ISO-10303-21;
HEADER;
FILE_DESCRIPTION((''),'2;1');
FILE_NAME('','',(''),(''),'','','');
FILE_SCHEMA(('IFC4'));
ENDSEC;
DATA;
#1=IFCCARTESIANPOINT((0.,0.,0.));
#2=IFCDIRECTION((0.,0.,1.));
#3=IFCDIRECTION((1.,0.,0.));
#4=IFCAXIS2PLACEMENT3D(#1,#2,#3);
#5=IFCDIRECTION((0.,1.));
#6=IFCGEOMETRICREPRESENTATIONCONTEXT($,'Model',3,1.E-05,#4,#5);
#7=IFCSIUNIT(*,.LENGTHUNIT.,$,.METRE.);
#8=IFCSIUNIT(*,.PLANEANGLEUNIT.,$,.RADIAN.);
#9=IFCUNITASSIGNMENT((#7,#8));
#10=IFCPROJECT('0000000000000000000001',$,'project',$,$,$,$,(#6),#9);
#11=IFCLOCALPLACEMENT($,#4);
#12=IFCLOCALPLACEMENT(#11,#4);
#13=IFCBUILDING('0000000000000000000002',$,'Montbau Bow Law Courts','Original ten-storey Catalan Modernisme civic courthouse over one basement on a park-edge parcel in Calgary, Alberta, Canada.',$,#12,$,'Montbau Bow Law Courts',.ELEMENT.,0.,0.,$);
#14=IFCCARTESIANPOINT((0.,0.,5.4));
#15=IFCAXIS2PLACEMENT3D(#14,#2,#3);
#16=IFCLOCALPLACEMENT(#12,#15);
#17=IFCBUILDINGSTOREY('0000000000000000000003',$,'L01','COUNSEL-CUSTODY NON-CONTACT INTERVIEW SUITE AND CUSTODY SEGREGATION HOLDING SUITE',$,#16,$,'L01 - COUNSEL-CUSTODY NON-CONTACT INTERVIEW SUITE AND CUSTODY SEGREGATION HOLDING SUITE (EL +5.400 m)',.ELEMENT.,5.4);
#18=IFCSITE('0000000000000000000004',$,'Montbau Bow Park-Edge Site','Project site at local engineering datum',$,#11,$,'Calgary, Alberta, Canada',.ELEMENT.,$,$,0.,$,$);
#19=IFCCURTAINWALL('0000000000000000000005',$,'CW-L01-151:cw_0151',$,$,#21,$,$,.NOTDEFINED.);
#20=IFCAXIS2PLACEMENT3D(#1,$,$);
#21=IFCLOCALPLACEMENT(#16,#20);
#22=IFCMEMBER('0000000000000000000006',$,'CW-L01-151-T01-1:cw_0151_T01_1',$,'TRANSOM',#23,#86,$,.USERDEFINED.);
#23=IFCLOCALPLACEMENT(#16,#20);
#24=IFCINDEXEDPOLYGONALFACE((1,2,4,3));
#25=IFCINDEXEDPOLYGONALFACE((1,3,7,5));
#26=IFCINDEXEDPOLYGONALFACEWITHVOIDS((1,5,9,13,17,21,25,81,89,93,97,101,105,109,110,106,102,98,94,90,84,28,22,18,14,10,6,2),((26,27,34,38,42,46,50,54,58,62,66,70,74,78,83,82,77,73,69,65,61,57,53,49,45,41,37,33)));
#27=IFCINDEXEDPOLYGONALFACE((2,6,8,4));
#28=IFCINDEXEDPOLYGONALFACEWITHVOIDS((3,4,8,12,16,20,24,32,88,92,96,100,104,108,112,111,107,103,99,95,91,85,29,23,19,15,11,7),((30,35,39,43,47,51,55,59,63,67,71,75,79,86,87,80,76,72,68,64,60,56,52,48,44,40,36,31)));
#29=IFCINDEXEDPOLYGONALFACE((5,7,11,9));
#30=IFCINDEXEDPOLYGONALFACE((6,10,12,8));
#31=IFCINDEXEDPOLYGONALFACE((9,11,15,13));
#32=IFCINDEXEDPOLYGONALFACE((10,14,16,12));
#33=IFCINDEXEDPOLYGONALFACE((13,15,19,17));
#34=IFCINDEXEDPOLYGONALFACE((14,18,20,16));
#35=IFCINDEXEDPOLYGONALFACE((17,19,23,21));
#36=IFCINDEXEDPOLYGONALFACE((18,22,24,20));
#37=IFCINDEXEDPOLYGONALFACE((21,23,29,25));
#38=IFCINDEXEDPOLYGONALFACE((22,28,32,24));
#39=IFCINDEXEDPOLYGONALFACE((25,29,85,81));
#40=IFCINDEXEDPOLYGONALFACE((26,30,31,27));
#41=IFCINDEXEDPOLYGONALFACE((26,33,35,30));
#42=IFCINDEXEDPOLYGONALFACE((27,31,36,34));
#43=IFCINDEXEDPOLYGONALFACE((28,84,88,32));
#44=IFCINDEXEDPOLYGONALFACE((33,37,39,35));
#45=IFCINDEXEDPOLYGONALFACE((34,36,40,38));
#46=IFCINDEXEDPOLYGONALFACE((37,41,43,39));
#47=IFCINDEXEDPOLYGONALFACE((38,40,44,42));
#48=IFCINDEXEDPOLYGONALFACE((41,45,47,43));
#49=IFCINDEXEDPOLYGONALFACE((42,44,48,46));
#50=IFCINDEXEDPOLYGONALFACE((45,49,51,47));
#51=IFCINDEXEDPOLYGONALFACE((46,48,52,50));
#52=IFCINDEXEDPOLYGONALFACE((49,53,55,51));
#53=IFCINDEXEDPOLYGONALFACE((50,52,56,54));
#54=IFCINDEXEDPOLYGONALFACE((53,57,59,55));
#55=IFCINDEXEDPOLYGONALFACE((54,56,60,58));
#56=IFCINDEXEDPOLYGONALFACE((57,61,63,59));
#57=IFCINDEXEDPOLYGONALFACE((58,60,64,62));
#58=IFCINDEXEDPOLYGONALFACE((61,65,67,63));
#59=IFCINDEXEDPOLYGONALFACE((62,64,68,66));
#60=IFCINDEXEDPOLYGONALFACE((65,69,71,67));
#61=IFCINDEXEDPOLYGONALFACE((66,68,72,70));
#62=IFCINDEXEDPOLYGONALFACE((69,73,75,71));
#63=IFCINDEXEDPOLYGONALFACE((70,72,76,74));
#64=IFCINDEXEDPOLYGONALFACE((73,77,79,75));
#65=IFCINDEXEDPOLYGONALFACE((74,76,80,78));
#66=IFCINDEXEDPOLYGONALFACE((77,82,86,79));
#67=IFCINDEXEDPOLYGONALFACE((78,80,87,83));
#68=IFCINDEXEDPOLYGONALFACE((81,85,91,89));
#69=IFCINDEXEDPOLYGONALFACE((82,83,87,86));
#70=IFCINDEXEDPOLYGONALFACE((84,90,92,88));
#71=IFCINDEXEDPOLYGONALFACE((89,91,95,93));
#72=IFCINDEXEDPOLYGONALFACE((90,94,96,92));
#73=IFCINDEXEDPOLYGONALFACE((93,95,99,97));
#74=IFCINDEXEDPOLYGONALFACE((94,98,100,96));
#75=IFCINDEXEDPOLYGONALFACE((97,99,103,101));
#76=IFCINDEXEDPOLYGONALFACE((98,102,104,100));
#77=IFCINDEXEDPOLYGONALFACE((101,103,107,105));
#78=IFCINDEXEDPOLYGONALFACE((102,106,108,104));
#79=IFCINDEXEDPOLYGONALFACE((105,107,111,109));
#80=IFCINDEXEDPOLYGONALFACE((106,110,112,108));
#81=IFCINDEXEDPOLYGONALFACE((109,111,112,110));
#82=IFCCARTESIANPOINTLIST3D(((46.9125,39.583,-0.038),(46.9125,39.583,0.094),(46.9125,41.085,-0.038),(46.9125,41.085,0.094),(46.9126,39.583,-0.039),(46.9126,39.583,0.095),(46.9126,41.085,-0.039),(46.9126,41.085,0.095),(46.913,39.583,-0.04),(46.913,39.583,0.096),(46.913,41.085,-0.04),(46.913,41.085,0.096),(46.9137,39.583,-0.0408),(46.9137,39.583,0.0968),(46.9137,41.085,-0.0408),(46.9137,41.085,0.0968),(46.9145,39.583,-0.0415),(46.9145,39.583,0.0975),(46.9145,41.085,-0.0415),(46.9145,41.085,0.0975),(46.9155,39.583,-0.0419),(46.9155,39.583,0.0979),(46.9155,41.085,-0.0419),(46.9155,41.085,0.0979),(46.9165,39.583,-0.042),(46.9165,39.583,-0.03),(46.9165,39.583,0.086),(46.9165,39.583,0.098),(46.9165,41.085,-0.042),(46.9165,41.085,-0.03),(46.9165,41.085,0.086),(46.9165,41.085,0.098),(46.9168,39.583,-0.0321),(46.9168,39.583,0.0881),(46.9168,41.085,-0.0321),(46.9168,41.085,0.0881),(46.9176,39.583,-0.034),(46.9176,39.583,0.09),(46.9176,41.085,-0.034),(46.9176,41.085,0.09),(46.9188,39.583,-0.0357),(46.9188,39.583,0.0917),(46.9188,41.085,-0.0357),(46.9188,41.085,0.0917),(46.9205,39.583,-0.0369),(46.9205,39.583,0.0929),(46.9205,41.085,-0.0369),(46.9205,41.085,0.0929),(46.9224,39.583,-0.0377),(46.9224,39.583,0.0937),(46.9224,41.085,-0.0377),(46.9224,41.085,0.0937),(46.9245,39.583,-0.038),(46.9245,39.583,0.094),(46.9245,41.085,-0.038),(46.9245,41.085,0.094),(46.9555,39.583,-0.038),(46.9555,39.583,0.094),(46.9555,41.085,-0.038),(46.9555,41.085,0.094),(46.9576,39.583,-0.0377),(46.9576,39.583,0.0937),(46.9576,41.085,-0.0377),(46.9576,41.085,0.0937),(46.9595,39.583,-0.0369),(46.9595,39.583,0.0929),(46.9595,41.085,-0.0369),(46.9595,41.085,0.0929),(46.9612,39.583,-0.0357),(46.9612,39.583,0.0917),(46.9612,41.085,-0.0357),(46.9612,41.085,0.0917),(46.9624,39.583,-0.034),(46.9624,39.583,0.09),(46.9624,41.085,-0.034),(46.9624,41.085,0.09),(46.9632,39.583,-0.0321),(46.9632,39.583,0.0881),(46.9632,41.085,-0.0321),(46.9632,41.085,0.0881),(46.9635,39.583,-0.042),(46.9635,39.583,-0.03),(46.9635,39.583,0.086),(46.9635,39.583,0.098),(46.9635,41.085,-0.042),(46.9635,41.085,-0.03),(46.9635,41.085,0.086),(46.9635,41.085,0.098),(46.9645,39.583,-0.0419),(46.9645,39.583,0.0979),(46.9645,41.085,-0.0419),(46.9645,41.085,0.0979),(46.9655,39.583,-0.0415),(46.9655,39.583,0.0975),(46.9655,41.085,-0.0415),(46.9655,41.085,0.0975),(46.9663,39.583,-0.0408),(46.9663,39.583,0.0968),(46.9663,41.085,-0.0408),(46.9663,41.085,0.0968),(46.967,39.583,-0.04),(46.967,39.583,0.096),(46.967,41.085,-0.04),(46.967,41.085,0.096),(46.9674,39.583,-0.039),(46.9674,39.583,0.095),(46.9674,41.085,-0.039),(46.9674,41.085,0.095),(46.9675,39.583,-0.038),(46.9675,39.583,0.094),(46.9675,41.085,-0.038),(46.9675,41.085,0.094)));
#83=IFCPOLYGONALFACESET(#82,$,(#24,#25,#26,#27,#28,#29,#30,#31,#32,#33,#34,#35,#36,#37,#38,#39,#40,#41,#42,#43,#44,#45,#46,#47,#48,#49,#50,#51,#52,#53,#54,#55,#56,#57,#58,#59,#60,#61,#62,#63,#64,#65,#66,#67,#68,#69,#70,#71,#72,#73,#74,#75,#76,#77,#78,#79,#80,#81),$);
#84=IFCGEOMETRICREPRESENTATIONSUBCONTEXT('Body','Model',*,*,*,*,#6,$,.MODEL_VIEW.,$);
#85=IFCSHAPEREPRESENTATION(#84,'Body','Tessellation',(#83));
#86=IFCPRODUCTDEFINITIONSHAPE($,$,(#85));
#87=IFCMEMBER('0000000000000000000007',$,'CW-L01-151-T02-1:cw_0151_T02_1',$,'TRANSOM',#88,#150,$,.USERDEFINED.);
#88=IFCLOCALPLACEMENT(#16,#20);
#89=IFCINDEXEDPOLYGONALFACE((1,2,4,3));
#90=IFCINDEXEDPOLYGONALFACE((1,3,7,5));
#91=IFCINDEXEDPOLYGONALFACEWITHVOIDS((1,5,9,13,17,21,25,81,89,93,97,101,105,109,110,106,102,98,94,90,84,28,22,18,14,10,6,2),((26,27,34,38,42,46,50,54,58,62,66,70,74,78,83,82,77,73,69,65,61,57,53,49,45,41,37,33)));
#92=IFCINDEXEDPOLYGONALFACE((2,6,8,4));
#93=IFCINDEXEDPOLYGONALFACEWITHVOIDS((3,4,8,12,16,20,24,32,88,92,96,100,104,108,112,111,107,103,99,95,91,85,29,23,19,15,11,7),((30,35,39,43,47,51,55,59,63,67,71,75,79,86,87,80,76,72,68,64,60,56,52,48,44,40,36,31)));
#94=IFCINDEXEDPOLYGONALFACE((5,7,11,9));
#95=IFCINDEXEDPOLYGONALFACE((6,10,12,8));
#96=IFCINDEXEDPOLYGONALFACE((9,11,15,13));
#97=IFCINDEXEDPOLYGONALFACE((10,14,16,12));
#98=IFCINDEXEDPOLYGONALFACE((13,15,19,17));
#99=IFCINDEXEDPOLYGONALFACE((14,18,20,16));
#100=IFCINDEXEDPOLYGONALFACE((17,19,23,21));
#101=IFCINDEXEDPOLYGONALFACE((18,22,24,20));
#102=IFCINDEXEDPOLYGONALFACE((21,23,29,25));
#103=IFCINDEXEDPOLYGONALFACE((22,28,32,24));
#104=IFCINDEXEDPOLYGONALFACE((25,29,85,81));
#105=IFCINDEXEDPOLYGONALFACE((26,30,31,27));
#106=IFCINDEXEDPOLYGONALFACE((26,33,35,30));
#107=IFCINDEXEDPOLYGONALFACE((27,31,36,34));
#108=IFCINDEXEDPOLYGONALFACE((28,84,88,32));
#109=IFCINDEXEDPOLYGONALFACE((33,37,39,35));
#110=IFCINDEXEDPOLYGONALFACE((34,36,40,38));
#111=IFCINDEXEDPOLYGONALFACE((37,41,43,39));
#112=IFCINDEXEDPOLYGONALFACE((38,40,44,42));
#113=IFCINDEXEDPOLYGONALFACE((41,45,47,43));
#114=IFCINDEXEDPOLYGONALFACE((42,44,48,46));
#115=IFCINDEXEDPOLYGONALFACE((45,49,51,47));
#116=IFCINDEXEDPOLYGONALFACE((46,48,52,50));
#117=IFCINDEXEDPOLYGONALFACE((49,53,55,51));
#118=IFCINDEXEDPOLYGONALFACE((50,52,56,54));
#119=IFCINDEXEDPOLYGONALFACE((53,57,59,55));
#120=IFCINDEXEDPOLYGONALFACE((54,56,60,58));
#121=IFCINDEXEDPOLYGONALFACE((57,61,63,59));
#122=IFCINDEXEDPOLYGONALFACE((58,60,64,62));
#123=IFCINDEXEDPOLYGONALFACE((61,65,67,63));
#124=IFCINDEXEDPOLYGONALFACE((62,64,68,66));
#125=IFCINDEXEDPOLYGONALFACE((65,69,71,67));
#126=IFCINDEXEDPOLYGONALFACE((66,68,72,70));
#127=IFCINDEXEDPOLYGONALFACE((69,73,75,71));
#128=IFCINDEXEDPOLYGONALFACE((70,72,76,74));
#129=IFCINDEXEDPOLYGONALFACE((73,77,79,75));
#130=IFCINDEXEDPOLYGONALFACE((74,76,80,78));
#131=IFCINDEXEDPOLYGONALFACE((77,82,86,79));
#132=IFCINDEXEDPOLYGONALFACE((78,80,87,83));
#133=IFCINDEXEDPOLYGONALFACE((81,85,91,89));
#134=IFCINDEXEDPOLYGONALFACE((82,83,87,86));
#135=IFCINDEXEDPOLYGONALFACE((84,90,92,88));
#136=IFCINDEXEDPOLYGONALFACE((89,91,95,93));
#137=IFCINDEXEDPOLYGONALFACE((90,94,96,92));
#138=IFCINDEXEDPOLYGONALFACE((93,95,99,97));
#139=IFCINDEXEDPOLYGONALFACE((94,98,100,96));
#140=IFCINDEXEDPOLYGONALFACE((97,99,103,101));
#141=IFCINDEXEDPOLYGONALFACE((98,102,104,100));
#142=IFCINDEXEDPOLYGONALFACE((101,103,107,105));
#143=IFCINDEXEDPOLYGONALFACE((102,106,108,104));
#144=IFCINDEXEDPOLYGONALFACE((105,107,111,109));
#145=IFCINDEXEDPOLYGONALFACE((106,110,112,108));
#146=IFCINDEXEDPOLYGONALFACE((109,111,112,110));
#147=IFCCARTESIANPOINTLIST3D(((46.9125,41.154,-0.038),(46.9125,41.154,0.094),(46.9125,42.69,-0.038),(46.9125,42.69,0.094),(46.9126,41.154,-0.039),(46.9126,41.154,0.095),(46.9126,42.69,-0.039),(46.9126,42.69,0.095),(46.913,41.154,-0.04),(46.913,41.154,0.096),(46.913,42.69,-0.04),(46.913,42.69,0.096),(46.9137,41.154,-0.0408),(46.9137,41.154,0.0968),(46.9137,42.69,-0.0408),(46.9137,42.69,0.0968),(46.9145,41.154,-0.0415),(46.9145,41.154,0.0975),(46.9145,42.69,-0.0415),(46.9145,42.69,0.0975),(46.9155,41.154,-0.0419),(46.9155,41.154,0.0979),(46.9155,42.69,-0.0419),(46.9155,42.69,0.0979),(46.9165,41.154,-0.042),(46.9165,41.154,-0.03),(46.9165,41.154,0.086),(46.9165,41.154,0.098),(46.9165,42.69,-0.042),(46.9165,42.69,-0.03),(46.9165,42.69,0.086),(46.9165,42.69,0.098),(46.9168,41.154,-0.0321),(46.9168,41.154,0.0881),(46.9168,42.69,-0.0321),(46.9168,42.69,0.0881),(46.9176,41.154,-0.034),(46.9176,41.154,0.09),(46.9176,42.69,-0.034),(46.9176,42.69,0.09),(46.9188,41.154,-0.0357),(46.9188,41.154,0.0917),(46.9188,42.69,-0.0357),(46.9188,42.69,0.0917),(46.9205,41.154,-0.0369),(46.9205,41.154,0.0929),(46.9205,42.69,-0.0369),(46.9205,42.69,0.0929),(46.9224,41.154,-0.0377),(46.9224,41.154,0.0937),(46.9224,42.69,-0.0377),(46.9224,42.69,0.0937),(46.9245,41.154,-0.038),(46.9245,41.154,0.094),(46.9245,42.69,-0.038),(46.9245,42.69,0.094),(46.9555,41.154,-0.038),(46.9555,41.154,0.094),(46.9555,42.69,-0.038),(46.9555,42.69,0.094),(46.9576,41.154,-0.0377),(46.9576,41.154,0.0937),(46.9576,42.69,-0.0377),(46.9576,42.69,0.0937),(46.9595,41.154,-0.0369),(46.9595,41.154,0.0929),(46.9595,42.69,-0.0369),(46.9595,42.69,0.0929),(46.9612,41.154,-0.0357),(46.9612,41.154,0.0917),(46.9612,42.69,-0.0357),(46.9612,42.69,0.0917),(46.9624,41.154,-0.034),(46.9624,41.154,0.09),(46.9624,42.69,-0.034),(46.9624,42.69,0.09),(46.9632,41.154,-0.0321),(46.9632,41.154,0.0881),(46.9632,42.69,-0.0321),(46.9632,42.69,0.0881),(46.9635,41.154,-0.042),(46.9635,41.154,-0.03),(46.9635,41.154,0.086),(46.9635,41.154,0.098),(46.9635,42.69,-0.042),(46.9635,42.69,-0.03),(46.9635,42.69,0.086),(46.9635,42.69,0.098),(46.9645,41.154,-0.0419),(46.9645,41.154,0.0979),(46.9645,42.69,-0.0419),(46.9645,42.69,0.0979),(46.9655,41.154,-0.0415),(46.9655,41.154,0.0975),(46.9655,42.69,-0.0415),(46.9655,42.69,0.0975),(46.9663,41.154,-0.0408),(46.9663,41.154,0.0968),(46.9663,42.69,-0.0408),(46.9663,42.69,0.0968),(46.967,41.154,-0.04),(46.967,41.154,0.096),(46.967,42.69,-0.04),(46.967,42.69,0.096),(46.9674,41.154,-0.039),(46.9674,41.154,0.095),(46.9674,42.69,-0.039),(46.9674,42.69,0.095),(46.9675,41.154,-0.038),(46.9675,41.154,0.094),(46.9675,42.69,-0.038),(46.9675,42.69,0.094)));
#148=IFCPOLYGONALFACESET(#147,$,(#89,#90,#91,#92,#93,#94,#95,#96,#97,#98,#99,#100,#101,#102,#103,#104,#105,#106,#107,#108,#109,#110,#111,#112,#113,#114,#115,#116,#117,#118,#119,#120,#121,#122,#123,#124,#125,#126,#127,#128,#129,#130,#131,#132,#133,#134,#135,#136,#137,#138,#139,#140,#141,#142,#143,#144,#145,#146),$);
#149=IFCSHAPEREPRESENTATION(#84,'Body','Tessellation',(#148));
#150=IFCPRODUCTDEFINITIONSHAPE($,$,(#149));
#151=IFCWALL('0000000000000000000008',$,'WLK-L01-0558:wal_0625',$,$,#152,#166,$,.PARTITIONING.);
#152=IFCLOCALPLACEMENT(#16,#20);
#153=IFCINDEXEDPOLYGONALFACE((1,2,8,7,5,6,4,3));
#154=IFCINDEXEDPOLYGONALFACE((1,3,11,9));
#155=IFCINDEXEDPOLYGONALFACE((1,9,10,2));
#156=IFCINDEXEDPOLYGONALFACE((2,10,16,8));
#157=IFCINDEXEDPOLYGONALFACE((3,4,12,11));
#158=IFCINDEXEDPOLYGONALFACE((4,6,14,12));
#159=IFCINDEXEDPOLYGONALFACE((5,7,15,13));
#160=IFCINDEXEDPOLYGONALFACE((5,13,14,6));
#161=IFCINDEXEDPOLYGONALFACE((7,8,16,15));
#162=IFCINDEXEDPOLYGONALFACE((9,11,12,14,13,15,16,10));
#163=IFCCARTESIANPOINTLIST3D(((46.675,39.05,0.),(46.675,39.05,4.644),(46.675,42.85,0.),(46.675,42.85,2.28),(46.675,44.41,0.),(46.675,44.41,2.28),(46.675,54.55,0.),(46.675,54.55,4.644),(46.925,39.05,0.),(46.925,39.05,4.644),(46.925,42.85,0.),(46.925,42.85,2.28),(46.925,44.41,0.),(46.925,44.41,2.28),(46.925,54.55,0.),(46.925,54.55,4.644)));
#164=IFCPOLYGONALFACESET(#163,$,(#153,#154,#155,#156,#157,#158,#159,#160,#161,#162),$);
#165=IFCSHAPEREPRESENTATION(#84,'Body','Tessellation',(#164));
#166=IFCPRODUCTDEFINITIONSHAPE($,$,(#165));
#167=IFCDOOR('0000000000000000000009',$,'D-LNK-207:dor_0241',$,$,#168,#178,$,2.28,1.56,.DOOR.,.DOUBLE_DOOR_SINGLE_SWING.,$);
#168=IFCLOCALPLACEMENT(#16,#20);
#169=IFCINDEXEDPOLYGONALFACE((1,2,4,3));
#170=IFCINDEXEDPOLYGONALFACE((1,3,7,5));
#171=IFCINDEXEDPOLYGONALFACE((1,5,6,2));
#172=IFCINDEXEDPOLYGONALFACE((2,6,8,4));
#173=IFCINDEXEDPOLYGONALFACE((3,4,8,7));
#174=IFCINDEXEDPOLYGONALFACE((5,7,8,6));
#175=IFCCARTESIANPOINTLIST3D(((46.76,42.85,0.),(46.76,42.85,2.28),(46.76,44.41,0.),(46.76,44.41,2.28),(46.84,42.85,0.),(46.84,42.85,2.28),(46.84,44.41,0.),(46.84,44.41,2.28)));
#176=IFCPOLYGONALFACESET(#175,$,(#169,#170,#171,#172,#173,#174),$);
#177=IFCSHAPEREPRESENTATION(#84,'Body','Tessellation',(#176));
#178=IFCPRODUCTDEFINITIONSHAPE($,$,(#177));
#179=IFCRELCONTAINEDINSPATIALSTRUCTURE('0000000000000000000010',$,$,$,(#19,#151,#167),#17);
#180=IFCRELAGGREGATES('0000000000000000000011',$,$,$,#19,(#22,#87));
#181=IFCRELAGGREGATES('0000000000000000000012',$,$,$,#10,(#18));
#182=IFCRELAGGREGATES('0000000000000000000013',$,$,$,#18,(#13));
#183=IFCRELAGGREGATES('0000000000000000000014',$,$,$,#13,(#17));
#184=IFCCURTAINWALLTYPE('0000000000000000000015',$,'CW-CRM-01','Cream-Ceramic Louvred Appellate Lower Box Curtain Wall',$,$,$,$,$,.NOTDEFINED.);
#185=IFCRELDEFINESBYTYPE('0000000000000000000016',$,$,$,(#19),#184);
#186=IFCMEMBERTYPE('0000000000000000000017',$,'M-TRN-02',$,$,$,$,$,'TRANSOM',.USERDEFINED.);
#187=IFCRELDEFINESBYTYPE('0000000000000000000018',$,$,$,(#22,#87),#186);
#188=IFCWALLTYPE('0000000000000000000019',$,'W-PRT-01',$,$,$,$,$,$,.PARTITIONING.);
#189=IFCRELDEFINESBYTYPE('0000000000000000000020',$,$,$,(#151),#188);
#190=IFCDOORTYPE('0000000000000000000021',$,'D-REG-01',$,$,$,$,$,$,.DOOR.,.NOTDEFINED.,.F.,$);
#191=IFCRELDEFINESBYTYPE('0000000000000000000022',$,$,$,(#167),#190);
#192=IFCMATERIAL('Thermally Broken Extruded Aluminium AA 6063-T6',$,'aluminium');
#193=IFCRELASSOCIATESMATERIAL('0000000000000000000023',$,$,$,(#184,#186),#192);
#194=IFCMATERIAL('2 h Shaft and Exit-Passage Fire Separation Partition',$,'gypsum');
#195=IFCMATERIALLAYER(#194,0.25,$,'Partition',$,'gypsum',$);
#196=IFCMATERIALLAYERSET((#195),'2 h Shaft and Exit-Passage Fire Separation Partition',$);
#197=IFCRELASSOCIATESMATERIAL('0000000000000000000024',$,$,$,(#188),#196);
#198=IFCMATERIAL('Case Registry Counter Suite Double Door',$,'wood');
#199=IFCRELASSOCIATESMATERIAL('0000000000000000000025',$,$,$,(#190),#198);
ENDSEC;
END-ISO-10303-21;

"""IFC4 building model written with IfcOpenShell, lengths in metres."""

from ifc_helpers import new_model, si_unit, direction, frame, frame_2d, origin_with_axes, origin_2d_with_axis, place, context, subcontext, project, spatial, rectangle, hollow_rectangle, extrude, material, layer, layer_set, material_profile, profile_set, type_object, element, fill, aggregate, save


model = new_model("IFC4")

# Units and contexts
model_context = context("Model", 3, precision=1e-05, world=origin_with_axes(), true_north=direction((0.0, 1.0)))
body_context = subcontext(model_context, "Body", "Model", "MODEL_VIEW")
ifc_project = project(units=[si_unit("LENGTHUNIT", "METRE"), si_unit("PLANEANGLEUNIT", "RADIAN")], contexts=[model_context])

# Site, building, storey
site_placement = place(None, origin_with_axes())
site = spatial("IfcSite", under=ifc_project, at=site_placement, Name="Montbau Bow Park-Edge Site", Description="Project site at local engineering datum", LongName="Calgary, Alberta, Canada", CompositionType="ELEMENT", RefElevation=0.0)
building_placement = place(site_placement, origin_with_axes())
building = spatial("IfcBuilding", under=site, at=building_placement, Name="Montbau Bow Law Courts", Description="Original ten-storey Catalan Modernisme civic courthouse over one basement on a park-edge parcel in Calgary, Alberta, Canada.", LongName="Montbau Bow Law Courts", CompositionType="ELEMENT", ElevationOfRefHeight=0.0, ElevationOfTerrain=0.0)
storey_placement = place(building_placement, frame((0.0, 0.0, 5.4), z_axis=(0.0, 0.0, 1.0), x_axis=(1.0, 0.0, 0.0)))
storey = spatial("IfcBuildingStorey", under=building, at=storey_placement, Name="L01", Description="COUNSEL-CUSTODY NON-CONTACT INTERVIEW SUITE AND CUSTODY SEGREGATION HOLDING SUITE", LongName="L01 - COUNSEL-CUSTODY NON-CONTACT INTERVIEW SUITE AND CUSTODY SEGREGATION HOLDING SUITE (EL +5.400 m)", CompositionType="ELEMENT", Elevation=5.4)

# Curtain wall
ifc_material_1 = material(Name="Thermally Broken Extruded Aluminium AA 6063-T6", Category="aluminium")
curtain_wall_type_1 = type_object("IfcCurtainWallType", Name="CW-CRM-01", Description="Cream-Ceramic Louvred Appellate Lower Box Curtain Wall", PredefinedType="NOTDEFINED", material=ifc_material_1)
curtain_wall_1_placement = place(None, frame((46.94, 39.515, 5.4), z_axis=(0.0, 0.0, 1.0), x_axis=(1.0, 0.0, 0.0)))
curtain_wall_1 = element("IfcCurtainWall", 1, at=curtain_wall_1_placement, inside=storey, type_object=curtain_wall_type_1, Name="CW-L01-151:cw_0151", PredefinedType="NOTDEFINED")

# Members
ifc_material_profile_1 = material_profile(ifc_material_1, hollow_rectangle(XDim=0.055, YDim=0.14, WallThickness=0.004, InnerFilletRadius=0.008, OuterFilletRadius=0.004, at=origin_2d_with_axis()), Name="CWT-140X55", Category="Main", Priority=0)
ifc_profile_set_1 = profile_set([ifc_material_profile_1], Name="Thermally Broken Extruded Aluminium AA 6063-T6")
member_type_1 = type_object("IfcMemberType", Name="M-TRN-02", ElementType="TRANSOM", PredefinedType="USERDEFINED", material=ifc_profile_set_1)
member_1_placement = place(None, frame((46.94, 39.583, 5.428), z_axis=(0.0, 1.0, 0.0), x_axis=(-1.0, 0.0, 0.0)))
member_1 = element("IfcMember", 2, at=member_1_placement, type_object=member_type_1, Name="CW-L01-151-T01-1:cw_0151_T01_1", ObjectType="TRANSOM", PredefinedType="USERDEFINED", context=body_context, shape_type="SweptSolid", body=[
    extrude(hollow_rectangle(XDim=0.055, YDim=0.14, WallThickness=0.004, InnerFilletRadius=0.008, OuterFilletRadius=0.004, at=origin_2d_with_axis()), origin_with_axes(), (0.0, 0.0, 1.0), 1.502),
])
member_2_placement = place(None, frame((46.94, 41.154, 5.428), z_axis=(0.0, 1.0, 0.0), x_axis=(-1.0, 0.0, 0.0)))
member_2 = element("IfcMember", 3, at=member_2_placement, type_object=member_type_1, Name="CW-L01-151-T02-1:cw_0151_T02_1", ObjectType="TRANSOM", PredefinedType="USERDEFINED", context=body_context, shape_type="SweptSolid", body=[
    extrude(hollow_rectangle(XDim=0.055, YDim=0.14, WallThickness=0.004, InnerFilletRadius=0.008, OuterFilletRadius=0.004, at=origin_2d_with_axis()), origin_with_axes(), (0.0, 0.0, 1.0), 1.536),
])
aggregate(curtain_wall_1, [member_1, member_2])

# Wall, opening, door
ifc_material_2 = material(Name="2 h Shaft and Exit-Passage Fire Separation Partition", Category="gypsum")
ifc_layer_1 = layer(ifc_material_2, 0.25, Name="Partition", Category="gypsum")
ifc_layer_set_1 = layer_set([ifc_layer_1], Name="2 h Shaft and Exit-Passage Fire Separation Partition")
wall_type_1 = type_object("IfcWallType", Name="W-PRT-01", PredefinedType="PARTITIONING", material=ifc_layer_set_1)
wall_1_placement = place(None, frame((46.8, 39.05, 5.4), z_axis=(0.0, 0.0, 1.0), x_axis=(0.0, 1.0, 0.0)))
wall_1 = element("IfcWall", 4, at=wall_1_placement, inside=storey, type_object=wall_type_1, Name="WLK-L01-0558:wal_0625", PredefinedType="PARTITIONING", context=body_context, shape_type="SweptSolid", body=[
    extrude(rectangle(XDim=15.5, YDim=0.25, at=frame_2d((7.75, 0.0), x_axis=(1.0, 0.0))), origin_with_axes(), (0.0, 0.0, 1.0), 4.644),
])
opening_1_placement = place(None, frame((46.8, 43.63, 5.4), z_axis=(0.0, 0.0, 1.0), x_axis=(0.0, 1.0, 0.0)))
opening_1 = element("IfcOpeningElement", 5, at=opening_1_placement, cuts=wall_1, PredefinedType="OPENING", context=body_context, shape_type="SweptSolid", body=[
    extrude(rectangle(XDim=1.56, YDim=2.28, at=frame_2d((0.0, 1.14), x_axis=(1.0, 0.0))), frame((0.0, 0.135, 0.0), z_axis=(0.0, -1.0, 0.0), x_axis=(1.0, 0.0, 0.0)), (0.0, 0.0, 1.0), 0.27),
])
ifc_material_3 = material(Name="Case Registry Counter Suite Double Door", Category="wood")
door_type_1 = type_object("IfcDoorType", Name="D-REG-01", OperationType="NOTDEFINED", ParameterTakesPrecedence=False, PredefinedType="DOOR", material=ifc_material_3)
door_1_placement = place(None, frame((46.8, 43.63, 5.4), z_axis=(0.0, 0.0, 1.0), x_axis=(0.0, 1.0, 0.0)))
door_1 = element("IfcDoor", 6, at=door_1_placement, inside=storey, type_object=door_type_1, Name="D-LNK-207:dor_0241", OperationType="DOUBLE_DOOR_SINGLE_SWING", OverallHeight=2.28, OverallWidth=1.56, PredefinedType="DOOR", context=body_context, shape_type="SweptSolid", body=[
    extrude(rectangle(XDim=1.56, YDim=2.28, at=frame_2d((0.0, 1.14), x_axis=(1.0, 0.0))), frame((0.0, 0.04, 0.0), z_axis=(0.0, -1.0, 0.0), x_axis=(1.0, 0.0, 0.0)), (0.0, 0.0, 1.0), 0.08),
])
fill(opening_1, door_1)

save(model, "model.ifc")
